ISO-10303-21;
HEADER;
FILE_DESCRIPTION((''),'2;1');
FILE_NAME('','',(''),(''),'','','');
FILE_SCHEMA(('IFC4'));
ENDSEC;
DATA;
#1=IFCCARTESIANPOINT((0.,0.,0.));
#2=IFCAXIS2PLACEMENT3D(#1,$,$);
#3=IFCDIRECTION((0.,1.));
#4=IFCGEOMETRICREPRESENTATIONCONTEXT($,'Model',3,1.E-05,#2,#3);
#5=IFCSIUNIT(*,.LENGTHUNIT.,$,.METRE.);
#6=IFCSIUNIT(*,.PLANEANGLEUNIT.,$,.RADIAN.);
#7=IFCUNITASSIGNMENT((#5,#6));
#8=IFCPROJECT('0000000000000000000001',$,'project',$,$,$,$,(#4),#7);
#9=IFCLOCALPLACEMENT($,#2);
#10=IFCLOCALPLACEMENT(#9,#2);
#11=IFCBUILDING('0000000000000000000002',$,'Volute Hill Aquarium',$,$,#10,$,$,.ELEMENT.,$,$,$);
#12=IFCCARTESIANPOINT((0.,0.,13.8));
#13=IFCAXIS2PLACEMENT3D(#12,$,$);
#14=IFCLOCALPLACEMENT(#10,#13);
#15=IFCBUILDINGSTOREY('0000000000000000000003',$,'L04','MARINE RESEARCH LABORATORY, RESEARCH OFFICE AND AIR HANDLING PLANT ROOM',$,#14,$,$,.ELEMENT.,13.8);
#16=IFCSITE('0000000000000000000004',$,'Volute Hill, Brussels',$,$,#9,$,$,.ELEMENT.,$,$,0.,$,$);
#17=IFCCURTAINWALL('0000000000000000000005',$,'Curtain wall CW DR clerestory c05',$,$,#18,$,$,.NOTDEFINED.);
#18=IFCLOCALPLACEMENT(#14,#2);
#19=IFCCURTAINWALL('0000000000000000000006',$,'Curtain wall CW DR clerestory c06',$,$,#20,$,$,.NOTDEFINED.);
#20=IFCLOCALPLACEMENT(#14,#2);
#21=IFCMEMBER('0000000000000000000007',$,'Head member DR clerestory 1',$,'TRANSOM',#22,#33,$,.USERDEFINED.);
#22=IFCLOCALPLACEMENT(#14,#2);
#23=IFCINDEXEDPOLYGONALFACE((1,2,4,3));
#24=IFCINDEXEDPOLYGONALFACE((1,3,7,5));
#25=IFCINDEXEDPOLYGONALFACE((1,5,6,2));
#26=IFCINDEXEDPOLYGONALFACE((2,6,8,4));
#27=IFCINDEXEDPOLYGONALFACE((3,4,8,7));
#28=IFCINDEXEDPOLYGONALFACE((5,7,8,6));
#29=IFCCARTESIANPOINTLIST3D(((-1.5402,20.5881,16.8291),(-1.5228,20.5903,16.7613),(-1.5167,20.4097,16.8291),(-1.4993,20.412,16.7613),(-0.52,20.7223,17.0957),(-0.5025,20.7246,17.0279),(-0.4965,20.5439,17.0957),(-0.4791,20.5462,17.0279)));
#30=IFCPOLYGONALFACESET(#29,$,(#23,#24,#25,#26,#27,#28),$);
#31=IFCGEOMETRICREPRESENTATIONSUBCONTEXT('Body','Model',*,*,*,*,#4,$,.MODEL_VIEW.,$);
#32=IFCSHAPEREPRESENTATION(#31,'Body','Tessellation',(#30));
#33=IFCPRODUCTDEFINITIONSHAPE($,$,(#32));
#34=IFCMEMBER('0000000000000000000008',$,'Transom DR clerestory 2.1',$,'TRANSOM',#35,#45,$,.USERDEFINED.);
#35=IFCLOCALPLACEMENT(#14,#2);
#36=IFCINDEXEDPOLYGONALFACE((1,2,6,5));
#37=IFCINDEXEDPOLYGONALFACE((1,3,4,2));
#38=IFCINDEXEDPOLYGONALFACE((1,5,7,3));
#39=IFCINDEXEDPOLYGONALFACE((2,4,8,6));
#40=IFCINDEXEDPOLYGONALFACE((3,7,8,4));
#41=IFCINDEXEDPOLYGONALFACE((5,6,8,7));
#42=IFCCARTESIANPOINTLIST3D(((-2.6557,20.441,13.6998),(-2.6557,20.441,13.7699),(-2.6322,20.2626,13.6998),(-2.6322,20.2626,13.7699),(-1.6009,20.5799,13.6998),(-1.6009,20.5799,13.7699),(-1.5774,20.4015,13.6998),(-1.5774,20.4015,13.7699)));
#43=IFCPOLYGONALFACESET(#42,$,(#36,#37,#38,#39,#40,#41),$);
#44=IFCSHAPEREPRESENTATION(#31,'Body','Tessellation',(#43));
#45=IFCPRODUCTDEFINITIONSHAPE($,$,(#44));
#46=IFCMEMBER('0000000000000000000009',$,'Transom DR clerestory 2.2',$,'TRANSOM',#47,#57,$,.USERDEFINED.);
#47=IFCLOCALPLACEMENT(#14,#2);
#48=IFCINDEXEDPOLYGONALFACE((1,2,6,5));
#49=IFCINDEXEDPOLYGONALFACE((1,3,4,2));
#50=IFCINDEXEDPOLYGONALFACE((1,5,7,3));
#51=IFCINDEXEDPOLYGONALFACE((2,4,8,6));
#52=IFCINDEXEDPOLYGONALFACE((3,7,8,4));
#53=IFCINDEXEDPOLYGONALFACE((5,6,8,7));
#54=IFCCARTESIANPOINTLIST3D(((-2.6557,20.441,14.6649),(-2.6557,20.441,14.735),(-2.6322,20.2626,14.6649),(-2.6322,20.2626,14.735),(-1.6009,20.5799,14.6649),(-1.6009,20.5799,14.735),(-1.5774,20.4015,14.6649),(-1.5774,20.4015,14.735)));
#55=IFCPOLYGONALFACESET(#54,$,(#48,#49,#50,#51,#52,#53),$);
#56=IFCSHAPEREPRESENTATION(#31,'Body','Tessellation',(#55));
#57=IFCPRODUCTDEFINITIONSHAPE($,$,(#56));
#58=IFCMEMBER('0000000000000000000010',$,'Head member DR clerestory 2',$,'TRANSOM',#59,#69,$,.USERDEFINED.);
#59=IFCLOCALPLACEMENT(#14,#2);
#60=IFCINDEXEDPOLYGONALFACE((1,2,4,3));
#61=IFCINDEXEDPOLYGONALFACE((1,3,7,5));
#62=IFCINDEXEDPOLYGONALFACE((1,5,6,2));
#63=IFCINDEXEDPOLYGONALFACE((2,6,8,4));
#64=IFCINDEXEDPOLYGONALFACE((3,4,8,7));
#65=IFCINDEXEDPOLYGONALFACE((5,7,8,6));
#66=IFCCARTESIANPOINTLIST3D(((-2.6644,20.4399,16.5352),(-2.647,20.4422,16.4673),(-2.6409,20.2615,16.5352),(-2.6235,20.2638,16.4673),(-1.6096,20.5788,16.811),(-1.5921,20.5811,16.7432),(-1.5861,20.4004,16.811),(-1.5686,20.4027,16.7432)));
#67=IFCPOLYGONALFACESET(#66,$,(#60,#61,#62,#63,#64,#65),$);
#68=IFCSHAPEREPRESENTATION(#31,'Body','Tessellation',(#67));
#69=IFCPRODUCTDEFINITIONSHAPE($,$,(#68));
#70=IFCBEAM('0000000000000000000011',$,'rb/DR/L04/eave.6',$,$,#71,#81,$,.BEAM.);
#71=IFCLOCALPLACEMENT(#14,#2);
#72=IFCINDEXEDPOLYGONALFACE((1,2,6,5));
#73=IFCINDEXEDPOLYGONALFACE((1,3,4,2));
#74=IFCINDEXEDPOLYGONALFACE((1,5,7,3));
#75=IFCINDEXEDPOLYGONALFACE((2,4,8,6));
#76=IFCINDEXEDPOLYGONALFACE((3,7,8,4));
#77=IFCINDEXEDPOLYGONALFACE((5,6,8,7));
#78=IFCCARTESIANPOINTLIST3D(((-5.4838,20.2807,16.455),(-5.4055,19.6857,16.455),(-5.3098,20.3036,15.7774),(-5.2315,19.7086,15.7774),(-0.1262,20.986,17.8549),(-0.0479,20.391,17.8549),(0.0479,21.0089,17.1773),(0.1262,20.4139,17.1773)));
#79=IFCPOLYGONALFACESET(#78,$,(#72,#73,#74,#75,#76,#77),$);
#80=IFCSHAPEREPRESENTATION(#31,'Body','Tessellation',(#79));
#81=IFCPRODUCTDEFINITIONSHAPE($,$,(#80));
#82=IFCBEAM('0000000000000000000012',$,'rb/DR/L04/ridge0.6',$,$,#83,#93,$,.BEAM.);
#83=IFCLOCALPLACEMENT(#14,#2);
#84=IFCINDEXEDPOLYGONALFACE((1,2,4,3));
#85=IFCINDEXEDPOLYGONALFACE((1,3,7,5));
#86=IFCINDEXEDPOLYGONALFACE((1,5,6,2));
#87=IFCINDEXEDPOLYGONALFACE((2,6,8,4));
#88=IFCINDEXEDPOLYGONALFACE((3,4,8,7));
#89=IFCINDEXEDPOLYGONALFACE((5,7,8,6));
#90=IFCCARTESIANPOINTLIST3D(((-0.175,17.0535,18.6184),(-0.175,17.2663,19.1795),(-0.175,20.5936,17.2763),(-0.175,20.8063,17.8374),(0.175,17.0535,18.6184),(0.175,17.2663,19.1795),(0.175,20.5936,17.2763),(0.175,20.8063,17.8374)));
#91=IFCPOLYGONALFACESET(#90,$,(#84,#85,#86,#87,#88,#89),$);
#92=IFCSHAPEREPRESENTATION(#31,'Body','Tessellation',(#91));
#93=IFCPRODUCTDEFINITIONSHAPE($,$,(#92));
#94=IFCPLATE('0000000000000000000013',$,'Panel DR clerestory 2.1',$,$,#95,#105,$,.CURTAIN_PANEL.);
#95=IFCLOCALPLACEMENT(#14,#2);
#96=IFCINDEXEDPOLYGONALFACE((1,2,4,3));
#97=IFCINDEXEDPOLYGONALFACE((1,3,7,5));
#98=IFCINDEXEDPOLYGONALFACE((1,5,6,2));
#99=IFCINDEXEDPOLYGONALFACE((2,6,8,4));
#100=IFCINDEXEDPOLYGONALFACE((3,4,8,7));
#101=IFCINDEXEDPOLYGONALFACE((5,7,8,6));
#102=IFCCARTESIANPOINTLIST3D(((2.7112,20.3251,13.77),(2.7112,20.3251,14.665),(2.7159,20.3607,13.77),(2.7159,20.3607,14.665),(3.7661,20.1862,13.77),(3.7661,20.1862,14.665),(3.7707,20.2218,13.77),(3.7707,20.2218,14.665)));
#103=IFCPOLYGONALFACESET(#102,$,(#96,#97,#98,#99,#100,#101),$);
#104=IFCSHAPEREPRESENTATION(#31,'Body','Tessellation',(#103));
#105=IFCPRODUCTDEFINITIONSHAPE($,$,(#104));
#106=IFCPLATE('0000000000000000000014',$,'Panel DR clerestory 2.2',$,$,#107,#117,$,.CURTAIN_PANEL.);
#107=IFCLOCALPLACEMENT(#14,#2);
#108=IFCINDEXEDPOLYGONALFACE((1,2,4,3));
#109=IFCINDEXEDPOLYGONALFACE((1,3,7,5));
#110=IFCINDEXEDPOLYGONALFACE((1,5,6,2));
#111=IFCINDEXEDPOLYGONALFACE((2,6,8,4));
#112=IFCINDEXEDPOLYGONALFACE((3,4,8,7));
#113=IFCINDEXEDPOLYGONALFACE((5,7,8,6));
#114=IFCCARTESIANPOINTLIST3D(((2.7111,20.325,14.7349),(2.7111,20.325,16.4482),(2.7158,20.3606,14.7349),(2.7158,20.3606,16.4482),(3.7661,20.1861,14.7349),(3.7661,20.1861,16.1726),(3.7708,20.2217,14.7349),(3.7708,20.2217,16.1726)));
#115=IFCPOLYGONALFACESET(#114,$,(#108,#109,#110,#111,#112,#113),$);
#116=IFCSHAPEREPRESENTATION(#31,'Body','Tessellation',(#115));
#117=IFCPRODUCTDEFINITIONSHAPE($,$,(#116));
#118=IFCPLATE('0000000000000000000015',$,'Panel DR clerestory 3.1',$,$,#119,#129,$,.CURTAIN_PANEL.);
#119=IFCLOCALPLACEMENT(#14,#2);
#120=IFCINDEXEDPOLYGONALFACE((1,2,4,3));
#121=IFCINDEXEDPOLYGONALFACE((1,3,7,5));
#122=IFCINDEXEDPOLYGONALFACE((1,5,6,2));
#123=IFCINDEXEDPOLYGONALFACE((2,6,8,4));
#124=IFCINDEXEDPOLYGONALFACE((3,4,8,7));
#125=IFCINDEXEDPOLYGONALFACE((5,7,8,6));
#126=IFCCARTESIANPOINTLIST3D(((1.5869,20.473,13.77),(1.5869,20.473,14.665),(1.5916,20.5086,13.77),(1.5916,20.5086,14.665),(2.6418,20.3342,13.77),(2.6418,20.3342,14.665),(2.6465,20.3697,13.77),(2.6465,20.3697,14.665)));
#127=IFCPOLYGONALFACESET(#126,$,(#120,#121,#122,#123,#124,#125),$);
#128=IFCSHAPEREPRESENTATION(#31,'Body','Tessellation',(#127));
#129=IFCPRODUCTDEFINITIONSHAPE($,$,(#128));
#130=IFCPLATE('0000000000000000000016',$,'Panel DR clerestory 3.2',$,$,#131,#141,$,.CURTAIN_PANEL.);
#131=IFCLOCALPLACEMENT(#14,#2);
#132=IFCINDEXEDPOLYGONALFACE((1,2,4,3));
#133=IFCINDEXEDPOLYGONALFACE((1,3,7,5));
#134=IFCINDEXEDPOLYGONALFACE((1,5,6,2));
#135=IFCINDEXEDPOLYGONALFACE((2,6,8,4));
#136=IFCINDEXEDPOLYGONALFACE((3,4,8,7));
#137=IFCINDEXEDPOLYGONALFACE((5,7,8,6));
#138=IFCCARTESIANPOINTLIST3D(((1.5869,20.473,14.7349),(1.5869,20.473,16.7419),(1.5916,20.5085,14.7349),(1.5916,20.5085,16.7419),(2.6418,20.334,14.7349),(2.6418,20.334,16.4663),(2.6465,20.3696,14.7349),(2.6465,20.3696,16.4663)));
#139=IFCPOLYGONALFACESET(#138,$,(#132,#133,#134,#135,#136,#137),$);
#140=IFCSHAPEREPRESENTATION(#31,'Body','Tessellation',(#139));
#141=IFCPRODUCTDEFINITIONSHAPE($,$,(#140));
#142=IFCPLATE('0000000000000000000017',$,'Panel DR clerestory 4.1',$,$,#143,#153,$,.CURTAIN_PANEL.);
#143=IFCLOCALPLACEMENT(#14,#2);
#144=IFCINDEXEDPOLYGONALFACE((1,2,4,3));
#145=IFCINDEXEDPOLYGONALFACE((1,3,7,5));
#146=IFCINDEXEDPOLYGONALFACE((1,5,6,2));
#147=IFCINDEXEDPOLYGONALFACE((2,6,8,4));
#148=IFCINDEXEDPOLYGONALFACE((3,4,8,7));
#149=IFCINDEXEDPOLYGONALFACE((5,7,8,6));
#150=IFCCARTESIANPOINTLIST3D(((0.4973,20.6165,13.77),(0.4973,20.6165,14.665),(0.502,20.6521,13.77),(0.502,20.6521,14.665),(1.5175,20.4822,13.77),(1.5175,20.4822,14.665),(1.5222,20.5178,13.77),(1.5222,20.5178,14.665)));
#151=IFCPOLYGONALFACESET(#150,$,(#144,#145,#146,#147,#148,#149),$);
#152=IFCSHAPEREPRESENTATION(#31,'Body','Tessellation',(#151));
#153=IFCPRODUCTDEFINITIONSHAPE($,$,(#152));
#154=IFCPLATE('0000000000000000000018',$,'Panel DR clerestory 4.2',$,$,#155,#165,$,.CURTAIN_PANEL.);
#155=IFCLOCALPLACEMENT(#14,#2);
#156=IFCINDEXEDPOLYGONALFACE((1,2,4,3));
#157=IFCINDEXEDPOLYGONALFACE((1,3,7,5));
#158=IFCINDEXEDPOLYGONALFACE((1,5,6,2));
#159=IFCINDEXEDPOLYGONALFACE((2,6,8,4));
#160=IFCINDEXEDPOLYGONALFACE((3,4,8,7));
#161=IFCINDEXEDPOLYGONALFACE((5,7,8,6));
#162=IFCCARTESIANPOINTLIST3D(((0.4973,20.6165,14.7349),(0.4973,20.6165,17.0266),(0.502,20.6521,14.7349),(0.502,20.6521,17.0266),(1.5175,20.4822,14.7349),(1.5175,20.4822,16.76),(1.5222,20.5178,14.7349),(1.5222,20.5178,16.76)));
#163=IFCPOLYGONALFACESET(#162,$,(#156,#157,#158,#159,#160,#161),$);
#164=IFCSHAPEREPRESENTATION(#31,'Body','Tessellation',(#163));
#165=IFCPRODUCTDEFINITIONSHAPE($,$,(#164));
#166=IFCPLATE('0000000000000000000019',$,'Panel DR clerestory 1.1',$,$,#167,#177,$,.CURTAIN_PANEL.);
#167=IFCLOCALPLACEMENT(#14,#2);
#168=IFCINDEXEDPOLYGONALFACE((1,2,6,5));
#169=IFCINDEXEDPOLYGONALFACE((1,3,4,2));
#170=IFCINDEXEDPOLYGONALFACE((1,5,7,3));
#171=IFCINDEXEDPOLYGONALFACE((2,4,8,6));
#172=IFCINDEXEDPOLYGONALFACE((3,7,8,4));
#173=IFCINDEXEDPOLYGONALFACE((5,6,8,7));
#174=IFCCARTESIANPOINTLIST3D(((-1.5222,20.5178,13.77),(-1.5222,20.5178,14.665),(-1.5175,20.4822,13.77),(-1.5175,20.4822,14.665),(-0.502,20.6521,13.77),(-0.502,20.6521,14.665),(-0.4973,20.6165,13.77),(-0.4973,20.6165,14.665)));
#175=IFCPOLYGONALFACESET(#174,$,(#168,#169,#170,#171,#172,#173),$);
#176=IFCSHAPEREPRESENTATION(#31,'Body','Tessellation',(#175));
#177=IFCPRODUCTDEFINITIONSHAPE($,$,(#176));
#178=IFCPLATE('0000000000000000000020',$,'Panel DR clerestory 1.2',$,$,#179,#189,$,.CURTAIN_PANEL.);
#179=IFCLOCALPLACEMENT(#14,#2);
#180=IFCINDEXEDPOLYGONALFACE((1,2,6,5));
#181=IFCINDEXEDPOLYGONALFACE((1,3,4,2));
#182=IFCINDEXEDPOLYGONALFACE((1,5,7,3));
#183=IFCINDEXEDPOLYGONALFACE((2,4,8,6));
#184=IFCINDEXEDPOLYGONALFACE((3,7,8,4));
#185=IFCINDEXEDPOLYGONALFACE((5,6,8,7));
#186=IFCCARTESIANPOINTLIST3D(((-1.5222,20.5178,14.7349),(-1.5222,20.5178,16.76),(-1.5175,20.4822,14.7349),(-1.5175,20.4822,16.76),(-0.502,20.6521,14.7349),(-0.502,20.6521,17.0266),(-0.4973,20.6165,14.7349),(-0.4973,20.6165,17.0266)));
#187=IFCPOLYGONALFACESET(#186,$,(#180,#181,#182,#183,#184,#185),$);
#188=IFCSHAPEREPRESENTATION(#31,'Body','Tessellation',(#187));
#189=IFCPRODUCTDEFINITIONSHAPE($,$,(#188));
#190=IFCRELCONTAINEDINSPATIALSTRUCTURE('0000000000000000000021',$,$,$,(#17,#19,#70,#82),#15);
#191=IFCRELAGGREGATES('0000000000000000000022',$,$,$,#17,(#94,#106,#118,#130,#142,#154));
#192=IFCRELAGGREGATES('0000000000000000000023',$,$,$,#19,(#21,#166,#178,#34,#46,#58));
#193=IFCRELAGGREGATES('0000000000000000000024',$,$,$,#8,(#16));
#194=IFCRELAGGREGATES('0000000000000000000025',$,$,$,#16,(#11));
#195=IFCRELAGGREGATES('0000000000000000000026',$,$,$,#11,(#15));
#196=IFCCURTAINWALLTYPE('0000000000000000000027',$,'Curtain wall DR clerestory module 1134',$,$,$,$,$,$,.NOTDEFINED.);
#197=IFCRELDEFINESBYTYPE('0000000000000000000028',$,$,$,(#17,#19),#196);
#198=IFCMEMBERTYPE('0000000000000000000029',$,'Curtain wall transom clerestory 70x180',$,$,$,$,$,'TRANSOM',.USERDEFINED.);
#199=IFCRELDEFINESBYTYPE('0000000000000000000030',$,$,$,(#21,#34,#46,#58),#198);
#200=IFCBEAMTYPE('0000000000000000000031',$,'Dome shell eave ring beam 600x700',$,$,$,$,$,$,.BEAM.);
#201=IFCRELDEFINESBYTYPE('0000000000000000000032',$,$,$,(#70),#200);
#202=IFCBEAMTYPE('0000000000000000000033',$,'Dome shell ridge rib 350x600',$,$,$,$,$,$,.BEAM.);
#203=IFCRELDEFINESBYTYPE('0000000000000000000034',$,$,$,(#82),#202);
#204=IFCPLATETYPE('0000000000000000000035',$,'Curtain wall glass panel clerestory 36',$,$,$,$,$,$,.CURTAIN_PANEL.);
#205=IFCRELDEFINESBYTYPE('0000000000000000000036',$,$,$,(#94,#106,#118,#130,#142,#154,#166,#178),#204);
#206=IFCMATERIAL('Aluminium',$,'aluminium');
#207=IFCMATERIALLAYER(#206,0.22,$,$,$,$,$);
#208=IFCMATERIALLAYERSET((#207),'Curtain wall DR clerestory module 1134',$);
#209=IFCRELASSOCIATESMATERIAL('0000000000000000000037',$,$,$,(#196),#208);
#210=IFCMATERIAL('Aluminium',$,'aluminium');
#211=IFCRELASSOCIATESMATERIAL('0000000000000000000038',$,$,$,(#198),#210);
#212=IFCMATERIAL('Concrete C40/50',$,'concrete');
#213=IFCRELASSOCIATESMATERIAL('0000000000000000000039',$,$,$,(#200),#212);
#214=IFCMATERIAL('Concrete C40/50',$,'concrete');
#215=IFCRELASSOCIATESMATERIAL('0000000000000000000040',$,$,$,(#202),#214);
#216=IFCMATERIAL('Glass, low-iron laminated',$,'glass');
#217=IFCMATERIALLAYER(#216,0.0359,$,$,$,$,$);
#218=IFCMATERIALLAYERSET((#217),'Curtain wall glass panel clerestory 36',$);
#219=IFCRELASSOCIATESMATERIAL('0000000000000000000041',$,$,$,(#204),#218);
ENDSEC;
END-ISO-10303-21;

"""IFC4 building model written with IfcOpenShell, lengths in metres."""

from ifc_helpers import new_model, si_unit, direction, frame, origin, origin_2d, place, context, subcontext, project, spatial, polyline, rectangle, outline, extrude, material, layer, layer_set, material_profile, profile_set, type_object, element, aggregate, save


model = new_model("IFC4")

# Units and contexts
model_context = context("Model", 3, precision=1e-05, world=origin(), true_north=direction((0.0, 1.0)))
body_context = subcontext(model_context, "Body", "Model", "MODEL_VIEW")
ifc_project = project(units=[si_unit("LENGTHUNIT", "METRE"), si_unit("PLANEANGLEUNIT", "RADIAN")], contexts=[model_context])

# Site, building, storey
site_placement = place(None, origin())
site = spatial("IfcSite", under=ifc_project, at=site_placement, Name="Volute Hill, Brussels", CompositionType="ELEMENT", RefElevation=0.0)
building_placement = place(site_placement, origin())
building = spatial("IfcBuilding", under=site, at=building_placement, Name="Volute Hill Aquarium", CompositionType="ELEMENT")
storey_placement = place(building_placement, frame((0.0, 0.0, 13.8)))
storey = spatial("IfcBuildingStorey", under=building, at=storey_placement, Name="L04", Description="MARINE RESEARCH LABORATORY, RESEARCH OFFICE AND AIR HANDLING PLANT ROOM", CompositionType="ELEMENT", Elevation=13.8)

# Curtain walls
ifc_material_1 = material(Name="Aluminium", Category="aluminium")
ifc_layer_1 = layer(ifc_material_1, 0.22)
ifc_layer_set_1 = layer_set([ifc_layer_1], Name="Curtain wall DR clerestory module 1134")
curtain_wall_type = type_object("IfcCurtainWallType", Name="Curtain wall DR clerestory module 1134", PredefinedType="NOTDEFINED", material=ifc_layer_set_1)
curtain_wall_1_placement = place(storey_placement, origin())
curtain_wall_1 = element("IfcCurtainWall", 1, at=curtain_wall_1_placement, inside=storey, type_object=curtain_wall_type, Name="Curtain wall CW DR clerestory c05", PredefinedType="NOTDEFINED")
curtain_wall_2_placement = place(storey_placement, origin())
curtain_wall_2 = element("IfcCurtainWall", 2, at=curtain_wall_2_placement, inside=storey, type_object=curtain_wall_type, Name="Curtain wall CW DR clerestory c06", PredefinedType="NOTDEFINED")

# Members
ifc_material_2 = material(Name="Aluminium", Category="aluminium")
ifc_material_profile_1 = material_profile(ifc_material_2, rectangle(XDim=0.1799, YDim=0.0701, at=origin_2d()), Name="Curtain wall transom clerestory 70x180")
ifc_profile_set_1 = profile_set([ifc_material_profile_1], Name="Aluminium")
member_type_1 = type_object("IfcMemberType", Name="Curtain wall transom clerestory 70x180", ElementType="TRANSOM", PredefinedType="USERDEFINED", material=ifc_profile_set_1)
member_1_placement = place(storey_placement, frame((-0.4995, 20.6343, 17.0618), z_axis=(-0.959764, -0.126315, -0.250793), x_axis=(0.130485, -0.99145, 0.0)))
member_1 = element("IfcMember", 3, at=member_1_placement, type_object=member_type_1, Name="Head member DR clerestory 1", ObjectType="TRANSOM", PredefinedType="USERDEFINED", context=body_context, shape_type="SweptSolid", body=[
    extrude(rectangle(XDim=0.1799, YDim=0.0701, at=origin_2d()), origin(), (0.0, 0.0, 1.0), 1.063),
])
member_2_placement = place(storey_placement, frame((-1.5891, 20.4907, 13.7349), z_axis=(-0.991441, -0.130555, 0.0), x_axis=(0.130555, -0.991441, 0.0)))
member_2 = element("IfcMember", 4, at=member_2_placement, type_object=member_type_1, Name="Transom DR clerestory 2.1", ObjectType="TRANSOM", PredefinedType="USERDEFINED", context=body_context, shape_type="SweptSolid", body=[
    extrude(rectangle(XDim=0.1799, YDim=0.0701, at=origin_2d()), origin(), (0.0, 0.0, 1.0), 1.064),
])
member_3_placement = place(storey_placement, frame((-1.5891, 20.4907, 14.7), z_axis=(-0.991441, -0.130555, 0.0), x_axis=(0.130555, -0.991441, 0.0)))
member_3 = element("IfcMember", 5, at=member_3_placement, type_object=member_type_1, Name="Transom DR clerestory 2.2", ObjectType="TRANSOM", PredefinedType="USERDEFINED", context=body_context, shape_type="SweptSolid", body=[
    extrude(rectangle(XDim=0.1799, YDim=0.0701, at=origin_2d()), origin(), (0.0, 0.0, 1.0), 1.064),
])
member_4_placement = place(storey_placement, frame((-1.5891, 20.4907, 16.7771), z_axis=(-0.959708, -0.126377, -0.250977), x_axis=(0.130555, -0.991441, 0.0)))
member_4 = element("IfcMember", 6, at=member_4_placement, type_object=member_type_1, Name="Head member DR clerestory 2", ObjectType="TRANSOM", PredefinedType="USERDEFINED", context=body_context, shape_type="SweptSolid", body=[
    extrude(rectangle(XDim=0.1799, YDim=0.0701, at=origin_2d()), origin(), (0.0, 0.0, 1.0), 1.0991),
])

# Beams
ifc_material_3 = material(Name="Concrete C40/50", Category="concrete")
ifc_material_profile_2 = material_profile(ifc_material_3, rectangle(XDim=0.6001, YDim=0.7, at=origin_2d()), Name="RC beam 600x700")
ifc_profile_set_2 = profile_set([ifc_material_profile_2], Name="Concrete C40/50")
beam_type_1 = type_object("IfcBeamType", Name="Dome shell eave ring beam 600x700", PredefinedType="BEAM", material=ifc_profile_set_2)
beam_1_placement = place(storey_placement, frame((0.0, 20.7, 17.5161), z_axis=(-0.959764, -0.12635, -0.250776), x_axis=(0.130521, -0.991446, 0.0)))
element("IfcBeam", 7, at=beam_1_placement, inside=storey, type_object=beam_type_1, Name="rb/DR/L04/eave.6", PredefinedType="BEAM", context=body_context, shape_type="SweptSolid", body=[
    extrude(rectangle(XDim=0.6001, YDim=0.7, at=origin_2d()), origin(), (0.0, 0.0, 1.0), 5.5823),
])
ifc_material_4 = material(Name="Concrete C40/50", Category="concrete")
ifc_material_profile_3 = material_profile(ifc_material_4, rectangle(XDim=0.3501, YDim=0.6001, at=origin_2d()), Name="RC rib 350x600")
ifc_profile_set_3 = profile_set([ifc_material_profile_3], Name="Concrete C40/50")
beam_type_2 = type_object("IfcBeamType", Name="Dome shell ridge rib 350x600", PredefinedType="BEAM", material=ifc_profile_set_3)
beam_2_placement = place(storey_placement, frame((0.0, 20.7, 17.5569), z_axis=(0.0, -0.935062, 0.354485), x_axis=(1.0, 0.0, 0.0)))
element("IfcBeam", 8, at=beam_2_placement, inside=storey, type_object=beam_type_2, Name="rb/DR/L04/ridge0.6", PredefinedType="BEAM", context=body_context, shape_type="SweptSolid", body=[
    extrude(rectangle(XDim=0.3501, YDim=0.6001, at=origin_2d()), origin(), (0.0, 0.0, 1.0), 3.7859),
])

# Plates
ifc_material_5 = material(Name="Glass, low-iron laminated", Category="glass")
ifc_layer_2 = layer(ifc_material_5, 0.0359)
ifc_layer_set_2 = layer_set([ifc_layer_2], Name="Curtain wall glass panel clerestory 36")
plate_type = type_object("IfcPlateType", Name="Curtain wall glass panel clerestory 36", PredefinedType="CURTAIN_PANEL", material=ifc_layer_set_2)
plate_1_placement = place(storey_placement, frame((3.241, 20.2734, 13.77), z_axis=(0.0, 0.0, 1.0), x_axis=(-0.991446, 0.130519, 0.0)))
plate_1 = element("IfcPlate", 9, at=plate_1_placement, type_object=plate_type, Name="Panel DR clerestory 2.1", PredefinedType="CURTAIN_PANEL", context=body_context, shape_type="SweptSolid", body=[
    extrude(rectangle(XDim=1.064, YDim=0.0359, at=origin_2d()), origin(), (0.0, 0.0, 1.0), 0.895),
])
plate_2_placement = place(storey_placement, frame((3.7708, 20.2217, 14.7349), z_axis=(0.130555, 0.991441, 0.0), x_axis=(-0.991441, 0.130555, 0.0)))
plate_2 = element("IfcPlate", 10, at=plate_2_placement, type_object=plate_type, Name="Panel DR clerestory 2.2", PredefinedType="CURTAIN_PANEL", context=body_context, shape_type="SweptSolid", body=[
    extrude(outline(polyline([(0.0, 0.0), (1.064, 0.0), (1.064, 1.7134), (0.0, 1.4377), (0.0, 0.0)])), origin(), (0.0, 0.0, -1.0), 0.0359),
])
plate_3_placement = place(storey_placement, frame((2.1167, 20.4214, 13.77), z_axis=(0.0, 0.0, 1.0), x_axis=(-0.991446, 0.130519, 0.0)))
plate_3 = element("IfcPlate", 11, at=plate_3_placement, type_object=plate_type, Name="Panel DR clerestory 3.1", PredefinedType="CURTAIN_PANEL", context=body_context, shape_type="SweptSolid", body=[
    extrude(rectangle(XDim=1.064, YDim=0.0359, at=origin_2d()), origin(), (0.0, 0.0, 1.0), 0.895),
])
plate_4_placement = place(storey_placement, frame((2.6465, 20.3696, 14.7349), z_axis=(0.130555, 0.991441, 0.0), x_axis=(-0.991441, 0.130555, 0.0)))
plate_4 = element("IfcPlate", 12, at=plate_4_placement, type_object=plate_type, Name="Panel DR clerestory 3.2", PredefinedType="CURTAIN_PANEL", context=body_context, shape_type="SweptSolid", body=[
    extrude(outline(polyline([(0.0, 0.0), (1.064, 0.0), (1.064, 2.0071), (0.0, 1.7314), (0.0, 0.0)])), origin(), (0.0, 0.0, -1.0), 0.0359),
])
plate_5_placement = place(storey_placement, frame((1.0098, 20.5671, 13.77), z_axis=(0.0, 0.0, 1.0), x_axis=(-0.991446, 0.130519, 0.0)))
plate_5 = element("IfcPlate", 13, at=plate_5_placement, type_object=plate_type, Name="Panel DR clerestory 4.1", PredefinedType="CURTAIN_PANEL", context=body_context, shape_type="SweptSolid", body=[
    extrude(rectangle(XDim=1.0291, YDim=0.0359, at=origin_2d()), origin(), (0.0, 0.0, 1.0), 0.895),
])
plate_6_placement = place(storey_placement, frame((1.5222, 20.5178, 14.7349), z_axis=(0.130485, 0.99145, 0.0), x_axis=(-0.99145, 0.130485, 0.0)))
plate_6 = element("IfcPlate", 14, at=plate_6_placement, type_object=plate_type, Name="Panel DR clerestory 4.2", PredefinedType="CURTAIN_PANEL", context=body_context, shape_type="SweptSolid", body=[
    extrude(outline(polyline([(0.0, 0.0), (1.0291, 0.0), (1.0291, 2.2917), (0.0, 2.0251), (0.0, 0.0)])), origin(), (0.0, 0.0, -1.0), 0.0359),
])
aggregate(curtain_wall_1, [plate_1, plate_2, plate_3, plate_4, plate_5, plate_6])
plate_7_placement = place(storey_placement, frame((-1.0098, 20.5671, 13.77), z_axis=(0.0, 0.0, 1.0), x_axis=(-0.991446, -0.130519, 0.0)))
plate_7 = element("IfcPlate", 15, at=plate_7_placement, type_object=plate_type, Name="Panel DR clerestory 1.1", PredefinedType="CURTAIN_PANEL", context=body_context, shape_type="SweptSolid", body=[
    extrude(rectangle(XDim=1.0291, YDim=0.0359, at=origin_2d()), origin(), (0.0, 0.0, 1.0), 0.895),
])
plate_8_placement = place(storey_placement, frame((-0.502, 20.6521, 14.7349), z_axis=(-0.130485, 0.99145, 0.0), x_axis=(-0.99145, -0.130485, 0.0)))
plate_8 = element("IfcPlate", 16, at=plate_8_placement, type_object=plate_type, Name="Panel DR clerestory 1.2", PredefinedType="CURTAIN_PANEL", context=body_context, shape_type="SweptSolid", body=[
    extrude(outline(polyline([(0.0, 0.0), (1.0291, 0.0), (1.0291, 2.0251), (0.0, 2.2917), (0.0, 0.0)])), origin(), (0.0, 0.0, -1.0), 0.0359),
])
aggregate(curtain_wall_2, [member_1, plate_7, plate_8, member_2, member_3, member_4])

save(model, "model.ifc")
